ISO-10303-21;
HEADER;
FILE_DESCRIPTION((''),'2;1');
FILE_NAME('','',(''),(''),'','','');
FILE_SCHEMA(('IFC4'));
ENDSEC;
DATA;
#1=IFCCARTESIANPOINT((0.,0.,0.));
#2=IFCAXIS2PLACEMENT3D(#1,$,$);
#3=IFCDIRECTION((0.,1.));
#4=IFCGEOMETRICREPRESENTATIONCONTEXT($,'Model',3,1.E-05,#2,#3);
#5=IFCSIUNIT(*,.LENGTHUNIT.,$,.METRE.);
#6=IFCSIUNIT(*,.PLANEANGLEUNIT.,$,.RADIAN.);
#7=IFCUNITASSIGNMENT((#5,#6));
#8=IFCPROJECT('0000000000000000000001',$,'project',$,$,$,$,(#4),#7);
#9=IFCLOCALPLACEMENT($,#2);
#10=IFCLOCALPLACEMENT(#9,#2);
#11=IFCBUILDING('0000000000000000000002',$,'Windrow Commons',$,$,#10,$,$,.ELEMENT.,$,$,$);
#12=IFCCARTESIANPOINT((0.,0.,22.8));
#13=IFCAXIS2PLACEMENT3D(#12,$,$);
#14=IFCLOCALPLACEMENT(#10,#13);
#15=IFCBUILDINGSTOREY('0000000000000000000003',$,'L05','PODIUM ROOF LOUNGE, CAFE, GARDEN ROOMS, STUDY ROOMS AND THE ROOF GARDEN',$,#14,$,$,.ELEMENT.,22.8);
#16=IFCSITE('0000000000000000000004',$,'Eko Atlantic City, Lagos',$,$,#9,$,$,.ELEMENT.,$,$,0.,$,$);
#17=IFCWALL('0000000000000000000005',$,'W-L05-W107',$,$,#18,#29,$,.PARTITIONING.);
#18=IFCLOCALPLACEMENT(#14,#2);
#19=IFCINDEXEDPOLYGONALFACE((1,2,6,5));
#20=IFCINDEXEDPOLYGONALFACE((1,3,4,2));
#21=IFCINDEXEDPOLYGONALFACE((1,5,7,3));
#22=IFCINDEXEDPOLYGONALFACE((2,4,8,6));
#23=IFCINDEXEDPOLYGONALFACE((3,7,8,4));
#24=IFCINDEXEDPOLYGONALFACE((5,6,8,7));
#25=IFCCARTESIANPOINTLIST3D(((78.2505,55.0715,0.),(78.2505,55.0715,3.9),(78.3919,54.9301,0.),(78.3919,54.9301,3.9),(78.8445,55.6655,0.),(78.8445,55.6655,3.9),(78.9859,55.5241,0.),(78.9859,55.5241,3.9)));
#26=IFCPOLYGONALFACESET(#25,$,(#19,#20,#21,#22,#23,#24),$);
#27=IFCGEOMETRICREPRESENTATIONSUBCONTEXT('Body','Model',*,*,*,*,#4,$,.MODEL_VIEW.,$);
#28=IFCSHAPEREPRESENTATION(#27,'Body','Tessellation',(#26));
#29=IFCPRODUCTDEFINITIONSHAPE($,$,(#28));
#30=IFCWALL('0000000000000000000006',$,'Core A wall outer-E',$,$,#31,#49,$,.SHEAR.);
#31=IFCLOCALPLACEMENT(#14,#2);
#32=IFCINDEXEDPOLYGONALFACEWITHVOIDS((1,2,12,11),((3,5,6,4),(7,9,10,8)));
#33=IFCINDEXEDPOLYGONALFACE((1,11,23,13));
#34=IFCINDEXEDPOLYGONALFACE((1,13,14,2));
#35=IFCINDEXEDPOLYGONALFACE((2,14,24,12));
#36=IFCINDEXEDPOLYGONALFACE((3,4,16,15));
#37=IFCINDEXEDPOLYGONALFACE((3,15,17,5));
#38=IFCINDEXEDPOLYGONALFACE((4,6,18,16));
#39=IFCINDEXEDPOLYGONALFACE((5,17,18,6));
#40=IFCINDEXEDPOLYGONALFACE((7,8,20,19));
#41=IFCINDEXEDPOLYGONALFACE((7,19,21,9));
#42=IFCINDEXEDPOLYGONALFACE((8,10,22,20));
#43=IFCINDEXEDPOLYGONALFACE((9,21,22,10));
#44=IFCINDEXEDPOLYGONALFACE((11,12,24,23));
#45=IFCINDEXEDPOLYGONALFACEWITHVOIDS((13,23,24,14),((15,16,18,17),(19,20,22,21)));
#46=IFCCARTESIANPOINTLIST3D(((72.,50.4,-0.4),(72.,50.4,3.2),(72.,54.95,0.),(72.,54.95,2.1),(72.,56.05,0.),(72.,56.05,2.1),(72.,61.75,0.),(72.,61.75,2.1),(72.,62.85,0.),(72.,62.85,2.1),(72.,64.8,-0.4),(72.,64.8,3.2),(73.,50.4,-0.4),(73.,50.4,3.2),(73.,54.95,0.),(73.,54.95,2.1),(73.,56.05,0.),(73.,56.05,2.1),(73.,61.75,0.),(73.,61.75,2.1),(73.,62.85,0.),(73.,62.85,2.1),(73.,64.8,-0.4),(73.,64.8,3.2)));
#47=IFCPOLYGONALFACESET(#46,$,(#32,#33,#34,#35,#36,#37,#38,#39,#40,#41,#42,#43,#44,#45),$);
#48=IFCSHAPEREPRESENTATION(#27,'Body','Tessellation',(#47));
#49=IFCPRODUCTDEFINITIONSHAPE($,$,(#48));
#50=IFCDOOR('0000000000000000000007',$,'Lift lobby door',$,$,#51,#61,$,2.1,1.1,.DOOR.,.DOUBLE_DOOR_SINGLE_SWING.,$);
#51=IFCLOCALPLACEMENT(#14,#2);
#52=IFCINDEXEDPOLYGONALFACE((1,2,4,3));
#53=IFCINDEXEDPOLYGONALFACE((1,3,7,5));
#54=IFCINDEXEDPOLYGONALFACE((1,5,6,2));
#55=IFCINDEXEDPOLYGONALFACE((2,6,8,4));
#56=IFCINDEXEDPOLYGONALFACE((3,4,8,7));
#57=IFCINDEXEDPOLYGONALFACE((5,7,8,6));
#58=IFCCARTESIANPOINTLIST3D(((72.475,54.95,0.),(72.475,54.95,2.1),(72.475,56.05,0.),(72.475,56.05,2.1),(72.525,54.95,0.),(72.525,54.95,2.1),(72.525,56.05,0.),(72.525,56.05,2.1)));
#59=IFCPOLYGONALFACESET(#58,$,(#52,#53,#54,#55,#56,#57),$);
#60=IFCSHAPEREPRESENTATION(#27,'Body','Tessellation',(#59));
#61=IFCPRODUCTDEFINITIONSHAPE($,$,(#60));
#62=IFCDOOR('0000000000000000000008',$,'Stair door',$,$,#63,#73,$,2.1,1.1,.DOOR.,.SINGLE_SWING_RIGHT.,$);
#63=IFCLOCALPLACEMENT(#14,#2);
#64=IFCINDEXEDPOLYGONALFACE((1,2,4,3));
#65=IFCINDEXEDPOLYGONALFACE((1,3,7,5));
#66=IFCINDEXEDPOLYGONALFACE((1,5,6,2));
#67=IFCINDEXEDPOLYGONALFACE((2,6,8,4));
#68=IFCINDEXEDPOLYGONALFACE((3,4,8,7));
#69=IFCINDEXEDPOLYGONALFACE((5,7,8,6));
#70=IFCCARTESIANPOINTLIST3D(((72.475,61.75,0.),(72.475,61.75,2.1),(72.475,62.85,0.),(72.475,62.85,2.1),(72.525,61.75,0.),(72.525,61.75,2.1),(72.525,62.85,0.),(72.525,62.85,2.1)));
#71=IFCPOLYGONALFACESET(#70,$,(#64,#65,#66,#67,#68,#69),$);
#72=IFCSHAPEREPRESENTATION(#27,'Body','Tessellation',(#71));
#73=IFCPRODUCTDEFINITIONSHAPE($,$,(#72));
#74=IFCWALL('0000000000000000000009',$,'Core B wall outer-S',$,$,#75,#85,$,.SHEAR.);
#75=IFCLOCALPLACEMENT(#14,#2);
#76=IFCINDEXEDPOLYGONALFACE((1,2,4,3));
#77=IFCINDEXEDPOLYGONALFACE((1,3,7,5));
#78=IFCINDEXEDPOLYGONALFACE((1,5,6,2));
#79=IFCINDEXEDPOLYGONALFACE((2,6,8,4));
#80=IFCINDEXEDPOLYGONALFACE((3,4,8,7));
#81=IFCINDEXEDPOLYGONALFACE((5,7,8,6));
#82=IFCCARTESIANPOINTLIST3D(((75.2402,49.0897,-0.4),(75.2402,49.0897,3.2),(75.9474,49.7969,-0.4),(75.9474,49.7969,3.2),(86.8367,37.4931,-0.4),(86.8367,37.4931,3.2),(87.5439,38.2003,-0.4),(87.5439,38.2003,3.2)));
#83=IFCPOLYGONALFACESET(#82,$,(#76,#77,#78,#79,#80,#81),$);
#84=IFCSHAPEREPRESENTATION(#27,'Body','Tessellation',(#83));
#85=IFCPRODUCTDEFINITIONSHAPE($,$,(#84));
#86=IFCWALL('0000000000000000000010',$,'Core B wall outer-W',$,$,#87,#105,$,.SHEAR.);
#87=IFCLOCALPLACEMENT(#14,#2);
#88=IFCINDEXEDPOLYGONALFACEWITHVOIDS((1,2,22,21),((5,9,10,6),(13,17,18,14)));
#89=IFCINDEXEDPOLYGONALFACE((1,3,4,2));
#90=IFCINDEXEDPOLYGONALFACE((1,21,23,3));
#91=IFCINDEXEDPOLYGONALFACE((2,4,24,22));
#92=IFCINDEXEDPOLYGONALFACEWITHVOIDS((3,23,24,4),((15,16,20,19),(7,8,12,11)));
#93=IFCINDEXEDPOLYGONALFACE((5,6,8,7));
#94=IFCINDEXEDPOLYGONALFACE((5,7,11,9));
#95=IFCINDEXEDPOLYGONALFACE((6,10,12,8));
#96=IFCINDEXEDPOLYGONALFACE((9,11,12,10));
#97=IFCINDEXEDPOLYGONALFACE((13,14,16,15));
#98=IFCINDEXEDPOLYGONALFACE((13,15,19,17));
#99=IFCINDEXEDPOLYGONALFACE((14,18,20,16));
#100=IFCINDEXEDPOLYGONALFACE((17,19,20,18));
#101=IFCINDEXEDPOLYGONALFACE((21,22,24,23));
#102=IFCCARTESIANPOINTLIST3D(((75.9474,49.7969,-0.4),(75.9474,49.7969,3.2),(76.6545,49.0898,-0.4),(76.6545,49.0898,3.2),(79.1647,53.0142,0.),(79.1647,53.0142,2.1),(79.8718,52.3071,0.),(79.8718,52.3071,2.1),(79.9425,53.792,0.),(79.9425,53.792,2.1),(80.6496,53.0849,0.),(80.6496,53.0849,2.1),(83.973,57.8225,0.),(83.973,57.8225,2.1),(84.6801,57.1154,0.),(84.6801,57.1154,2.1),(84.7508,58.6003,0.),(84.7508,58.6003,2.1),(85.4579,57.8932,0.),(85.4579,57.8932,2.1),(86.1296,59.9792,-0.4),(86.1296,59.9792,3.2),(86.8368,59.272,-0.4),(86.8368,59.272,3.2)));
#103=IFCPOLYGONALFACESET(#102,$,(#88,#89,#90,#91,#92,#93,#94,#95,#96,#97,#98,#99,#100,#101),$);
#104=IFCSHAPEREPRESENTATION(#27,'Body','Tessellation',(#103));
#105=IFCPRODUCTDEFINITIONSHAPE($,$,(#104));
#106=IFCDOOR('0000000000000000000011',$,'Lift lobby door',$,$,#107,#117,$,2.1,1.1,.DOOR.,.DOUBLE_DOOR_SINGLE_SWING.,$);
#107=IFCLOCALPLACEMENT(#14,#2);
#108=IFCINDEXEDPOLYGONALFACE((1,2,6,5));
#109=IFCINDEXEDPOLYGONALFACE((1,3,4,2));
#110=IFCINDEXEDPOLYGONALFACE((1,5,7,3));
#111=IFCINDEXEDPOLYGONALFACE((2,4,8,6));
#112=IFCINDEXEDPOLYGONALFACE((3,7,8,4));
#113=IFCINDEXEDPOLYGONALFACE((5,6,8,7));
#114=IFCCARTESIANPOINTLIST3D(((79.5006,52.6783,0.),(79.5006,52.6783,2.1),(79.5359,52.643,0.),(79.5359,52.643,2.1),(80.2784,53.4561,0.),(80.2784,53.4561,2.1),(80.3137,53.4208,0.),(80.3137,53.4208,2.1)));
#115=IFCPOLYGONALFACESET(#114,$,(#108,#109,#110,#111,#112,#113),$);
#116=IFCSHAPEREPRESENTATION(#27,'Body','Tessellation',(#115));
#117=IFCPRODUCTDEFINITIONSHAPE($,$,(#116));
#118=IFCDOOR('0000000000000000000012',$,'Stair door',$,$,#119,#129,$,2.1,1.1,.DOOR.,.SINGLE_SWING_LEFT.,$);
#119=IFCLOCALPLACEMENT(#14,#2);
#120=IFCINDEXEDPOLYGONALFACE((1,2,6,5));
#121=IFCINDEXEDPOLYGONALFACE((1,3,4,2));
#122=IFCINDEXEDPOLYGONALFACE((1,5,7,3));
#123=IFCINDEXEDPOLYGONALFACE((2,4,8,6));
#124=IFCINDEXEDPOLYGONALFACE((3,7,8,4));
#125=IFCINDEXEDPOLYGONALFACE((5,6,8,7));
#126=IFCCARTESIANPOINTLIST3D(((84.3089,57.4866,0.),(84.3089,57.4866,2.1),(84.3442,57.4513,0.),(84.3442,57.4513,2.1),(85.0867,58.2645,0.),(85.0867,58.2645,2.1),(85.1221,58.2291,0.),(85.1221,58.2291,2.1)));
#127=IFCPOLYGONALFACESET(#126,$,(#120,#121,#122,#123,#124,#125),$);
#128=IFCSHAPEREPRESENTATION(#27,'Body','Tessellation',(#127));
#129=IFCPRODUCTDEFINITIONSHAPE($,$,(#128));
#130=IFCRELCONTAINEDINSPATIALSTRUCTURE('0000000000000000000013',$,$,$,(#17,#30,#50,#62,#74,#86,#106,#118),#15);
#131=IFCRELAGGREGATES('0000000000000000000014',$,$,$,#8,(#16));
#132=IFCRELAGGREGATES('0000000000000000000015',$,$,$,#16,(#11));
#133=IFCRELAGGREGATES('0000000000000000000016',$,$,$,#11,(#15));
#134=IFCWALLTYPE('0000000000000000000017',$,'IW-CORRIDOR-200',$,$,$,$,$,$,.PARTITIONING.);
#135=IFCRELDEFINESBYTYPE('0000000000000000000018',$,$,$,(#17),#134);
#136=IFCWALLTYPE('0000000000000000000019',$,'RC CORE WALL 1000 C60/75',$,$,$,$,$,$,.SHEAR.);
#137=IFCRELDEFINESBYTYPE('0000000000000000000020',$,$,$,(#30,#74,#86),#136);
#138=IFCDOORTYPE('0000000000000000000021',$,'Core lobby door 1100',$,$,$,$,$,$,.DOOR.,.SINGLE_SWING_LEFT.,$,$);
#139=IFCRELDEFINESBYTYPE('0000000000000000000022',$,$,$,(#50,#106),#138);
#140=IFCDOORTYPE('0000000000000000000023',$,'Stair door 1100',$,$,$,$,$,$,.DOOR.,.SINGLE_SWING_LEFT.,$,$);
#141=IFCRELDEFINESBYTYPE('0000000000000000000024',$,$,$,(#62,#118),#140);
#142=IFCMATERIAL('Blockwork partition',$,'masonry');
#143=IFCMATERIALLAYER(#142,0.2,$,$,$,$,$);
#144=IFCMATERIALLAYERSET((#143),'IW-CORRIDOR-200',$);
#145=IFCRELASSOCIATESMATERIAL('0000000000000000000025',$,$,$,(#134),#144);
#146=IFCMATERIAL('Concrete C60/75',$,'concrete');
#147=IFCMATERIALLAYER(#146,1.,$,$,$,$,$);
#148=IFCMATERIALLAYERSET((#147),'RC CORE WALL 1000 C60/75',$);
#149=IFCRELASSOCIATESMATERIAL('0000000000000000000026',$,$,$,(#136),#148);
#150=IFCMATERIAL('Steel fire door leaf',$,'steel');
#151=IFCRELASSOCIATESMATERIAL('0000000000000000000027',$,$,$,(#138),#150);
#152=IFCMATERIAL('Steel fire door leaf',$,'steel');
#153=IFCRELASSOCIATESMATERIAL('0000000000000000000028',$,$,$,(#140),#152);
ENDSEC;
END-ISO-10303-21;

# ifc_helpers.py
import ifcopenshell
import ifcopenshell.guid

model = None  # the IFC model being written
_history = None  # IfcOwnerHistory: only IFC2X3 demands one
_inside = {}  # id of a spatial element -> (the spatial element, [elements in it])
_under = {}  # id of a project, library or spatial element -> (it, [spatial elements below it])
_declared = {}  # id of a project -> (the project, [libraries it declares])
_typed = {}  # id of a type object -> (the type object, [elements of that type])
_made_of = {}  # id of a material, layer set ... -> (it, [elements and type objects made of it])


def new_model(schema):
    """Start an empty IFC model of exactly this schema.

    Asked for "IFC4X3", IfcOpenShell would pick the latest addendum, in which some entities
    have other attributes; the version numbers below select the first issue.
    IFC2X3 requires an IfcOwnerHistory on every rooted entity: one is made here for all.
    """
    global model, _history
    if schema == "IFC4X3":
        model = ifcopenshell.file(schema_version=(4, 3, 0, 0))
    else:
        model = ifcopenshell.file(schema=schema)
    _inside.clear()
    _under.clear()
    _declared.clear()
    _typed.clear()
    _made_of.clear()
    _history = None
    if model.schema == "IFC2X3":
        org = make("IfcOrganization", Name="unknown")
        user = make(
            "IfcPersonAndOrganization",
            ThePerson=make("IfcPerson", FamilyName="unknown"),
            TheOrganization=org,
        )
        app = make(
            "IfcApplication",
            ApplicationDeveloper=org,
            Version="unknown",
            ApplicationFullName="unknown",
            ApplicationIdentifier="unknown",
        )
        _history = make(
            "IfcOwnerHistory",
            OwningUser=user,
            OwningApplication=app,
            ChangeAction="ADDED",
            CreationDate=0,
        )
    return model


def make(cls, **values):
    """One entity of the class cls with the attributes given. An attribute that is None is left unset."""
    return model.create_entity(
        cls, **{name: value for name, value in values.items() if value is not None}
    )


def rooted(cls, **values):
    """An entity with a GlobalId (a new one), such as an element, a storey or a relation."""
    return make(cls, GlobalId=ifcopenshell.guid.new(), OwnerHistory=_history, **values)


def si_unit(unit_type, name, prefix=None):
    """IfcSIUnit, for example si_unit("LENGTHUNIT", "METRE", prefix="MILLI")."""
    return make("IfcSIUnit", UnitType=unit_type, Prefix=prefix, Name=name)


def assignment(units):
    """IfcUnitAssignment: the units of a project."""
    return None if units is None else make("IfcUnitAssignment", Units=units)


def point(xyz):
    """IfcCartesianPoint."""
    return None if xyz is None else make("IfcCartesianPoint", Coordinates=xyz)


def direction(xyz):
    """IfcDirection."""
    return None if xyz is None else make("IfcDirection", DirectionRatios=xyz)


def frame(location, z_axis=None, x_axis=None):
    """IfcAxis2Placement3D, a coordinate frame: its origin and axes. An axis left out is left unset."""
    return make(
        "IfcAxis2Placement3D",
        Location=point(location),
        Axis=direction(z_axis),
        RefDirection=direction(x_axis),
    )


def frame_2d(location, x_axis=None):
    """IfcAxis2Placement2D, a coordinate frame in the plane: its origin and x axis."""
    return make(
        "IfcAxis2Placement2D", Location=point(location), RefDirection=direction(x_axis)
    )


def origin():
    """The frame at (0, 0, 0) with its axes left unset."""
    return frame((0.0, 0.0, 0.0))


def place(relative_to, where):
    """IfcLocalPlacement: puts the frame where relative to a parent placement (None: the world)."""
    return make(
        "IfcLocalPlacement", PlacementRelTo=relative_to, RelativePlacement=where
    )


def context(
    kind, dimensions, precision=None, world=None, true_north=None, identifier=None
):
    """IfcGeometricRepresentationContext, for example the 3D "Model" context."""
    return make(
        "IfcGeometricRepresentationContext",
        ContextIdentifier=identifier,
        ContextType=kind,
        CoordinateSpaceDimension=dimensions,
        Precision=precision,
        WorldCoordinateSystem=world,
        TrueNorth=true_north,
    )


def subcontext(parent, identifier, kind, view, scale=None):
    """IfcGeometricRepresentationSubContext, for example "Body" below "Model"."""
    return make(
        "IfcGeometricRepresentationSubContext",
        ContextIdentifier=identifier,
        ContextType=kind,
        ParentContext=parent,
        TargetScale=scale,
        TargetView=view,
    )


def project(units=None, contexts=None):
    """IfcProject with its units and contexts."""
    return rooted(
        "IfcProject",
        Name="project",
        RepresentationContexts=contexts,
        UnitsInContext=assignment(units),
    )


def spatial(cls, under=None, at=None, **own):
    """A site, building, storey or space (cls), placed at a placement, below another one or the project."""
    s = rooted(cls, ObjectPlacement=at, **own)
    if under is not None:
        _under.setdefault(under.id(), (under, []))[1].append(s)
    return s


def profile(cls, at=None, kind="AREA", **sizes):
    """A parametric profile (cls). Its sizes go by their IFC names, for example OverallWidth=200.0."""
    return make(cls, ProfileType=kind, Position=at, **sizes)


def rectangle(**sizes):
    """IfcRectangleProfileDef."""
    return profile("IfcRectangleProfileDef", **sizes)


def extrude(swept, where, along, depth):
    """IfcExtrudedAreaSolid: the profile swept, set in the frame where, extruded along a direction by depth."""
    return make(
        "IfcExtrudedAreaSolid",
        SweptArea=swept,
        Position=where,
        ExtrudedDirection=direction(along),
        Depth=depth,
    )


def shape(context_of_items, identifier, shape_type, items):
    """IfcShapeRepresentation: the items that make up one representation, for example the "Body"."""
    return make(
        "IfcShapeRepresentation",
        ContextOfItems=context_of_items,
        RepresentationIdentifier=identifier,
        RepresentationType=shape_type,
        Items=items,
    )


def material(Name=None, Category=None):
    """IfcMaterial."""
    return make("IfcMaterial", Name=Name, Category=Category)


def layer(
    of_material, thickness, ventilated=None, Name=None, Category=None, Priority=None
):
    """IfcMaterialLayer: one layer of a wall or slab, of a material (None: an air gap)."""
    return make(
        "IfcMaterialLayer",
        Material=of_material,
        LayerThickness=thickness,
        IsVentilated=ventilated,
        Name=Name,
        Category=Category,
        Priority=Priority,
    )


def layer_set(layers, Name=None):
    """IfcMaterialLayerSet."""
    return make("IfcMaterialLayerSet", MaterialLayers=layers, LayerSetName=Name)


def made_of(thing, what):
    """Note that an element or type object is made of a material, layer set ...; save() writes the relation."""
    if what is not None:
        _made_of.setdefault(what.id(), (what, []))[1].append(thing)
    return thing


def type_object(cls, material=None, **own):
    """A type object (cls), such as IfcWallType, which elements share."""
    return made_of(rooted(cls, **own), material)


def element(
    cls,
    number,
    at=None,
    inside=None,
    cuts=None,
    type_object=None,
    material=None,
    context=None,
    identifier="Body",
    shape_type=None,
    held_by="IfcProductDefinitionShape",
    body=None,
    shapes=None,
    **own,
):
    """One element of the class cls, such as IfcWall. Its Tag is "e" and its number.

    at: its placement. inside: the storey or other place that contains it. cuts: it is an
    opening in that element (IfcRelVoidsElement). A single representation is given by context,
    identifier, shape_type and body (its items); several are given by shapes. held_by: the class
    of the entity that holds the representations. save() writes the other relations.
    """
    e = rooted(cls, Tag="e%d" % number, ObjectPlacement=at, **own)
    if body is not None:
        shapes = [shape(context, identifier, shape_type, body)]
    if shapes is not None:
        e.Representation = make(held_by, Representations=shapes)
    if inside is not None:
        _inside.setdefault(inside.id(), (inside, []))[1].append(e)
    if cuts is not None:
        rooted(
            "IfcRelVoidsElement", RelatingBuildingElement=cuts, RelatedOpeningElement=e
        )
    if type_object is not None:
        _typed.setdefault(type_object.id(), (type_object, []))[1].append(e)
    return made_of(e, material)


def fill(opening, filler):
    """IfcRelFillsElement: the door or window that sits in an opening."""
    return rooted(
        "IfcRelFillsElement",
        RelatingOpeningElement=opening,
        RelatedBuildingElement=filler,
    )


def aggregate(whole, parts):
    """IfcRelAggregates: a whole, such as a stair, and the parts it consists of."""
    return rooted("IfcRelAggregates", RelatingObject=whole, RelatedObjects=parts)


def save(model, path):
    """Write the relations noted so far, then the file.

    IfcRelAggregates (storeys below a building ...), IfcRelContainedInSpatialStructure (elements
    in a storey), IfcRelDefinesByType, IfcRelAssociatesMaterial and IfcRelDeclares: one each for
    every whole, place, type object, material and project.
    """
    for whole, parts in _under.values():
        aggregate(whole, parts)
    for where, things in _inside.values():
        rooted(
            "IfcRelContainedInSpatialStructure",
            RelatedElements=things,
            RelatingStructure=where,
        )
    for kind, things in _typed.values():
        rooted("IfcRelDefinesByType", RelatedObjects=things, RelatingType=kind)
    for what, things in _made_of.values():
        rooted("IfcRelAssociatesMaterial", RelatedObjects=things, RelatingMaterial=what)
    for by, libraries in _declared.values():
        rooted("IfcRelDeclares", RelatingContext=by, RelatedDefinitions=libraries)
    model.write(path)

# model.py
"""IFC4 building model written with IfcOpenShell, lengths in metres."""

from ifc_helpers import new_model, si_unit, direction, frame, frame_2d, origin, place, context, subcontext, project, spatial, rectangle, extrude, material, layer, layer_set, type_object, element, fill, save


model = new_model("IFC4")

# Units and contexts
model_context = context("Model", 3, precision=1e-05, world=origin(), true_north=direction((0.0, 1.0)))
body_context = subcontext(model_context, "Body", "Model", "MODEL_VIEW")
ifc_project = project(units=[si_unit("LENGTHUNIT", "METRE"), si_unit("PLANEANGLEUNIT", "RADIAN")], contexts=[model_context])

# Site, building, storey
site_placement = place(None, origin())
site = spatial("IfcSite", under=ifc_project, at=site_placement, Name="Eko Atlantic City, Lagos", CompositionType="ELEMENT", RefElevation=0.0)
building_placement = place(site_placement, origin())
building = spatial("IfcBuilding", under=site, at=building_placement, Name="Windrow Commons", CompositionType="ELEMENT")
storey_placement = place(building_placement, frame((0.0, 0.0, 22.8)))
storey = spatial("IfcBuildingStorey", under=building, at=storey_placement, Name="L05", Description="PODIUM ROOF LOUNGE, CAFE, GARDEN ROOMS, STUDY ROOMS AND THE ROOF GARDEN", CompositionType="ELEMENT", Elevation=22.8)

# Shared definitions
ifc_material_1 = material(Name="Blockwork partition", Category="masonry")
ifc_layer_1 = layer(ifc_material_1, 0.2)
ifc_layer_set_1 = layer_set([ifc_layer_1], Name="IW-CORRIDOR-200")
wall_type_1 = type_object("IfcWallType", Name="IW-CORRIDOR-200", PredefinedType="PARTITIONING", material=ifc_layer_set_1)

# Wall
wall_1_placement = place(storey_placement, frame((78.3212, 55.0008, 0.0), z_axis=(0.0, 0.0, 1.0), x_axis=(0.707107, 0.707107, 0.0)))
element("IfcWall", 1, at=wall_1_placement, inside=storey, type_object=wall_type_1, Name="W-L05-W107", PredefinedType="PARTITIONING", context=body_context, shape_type="SweptSolid", body=[
    extrude(rectangle(XDim=0.84, YDim=0.2, at=frame_2d((0.42, 0.0))), origin(), (0.0, 0.0, 1.0), 3.9),
])

# Wall, openings, doors
ifc_material_2 = material(Name="Concrete C60/75", Category="concrete")
ifc_layer_2 = layer(ifc_material_2, 1.0)
ifc_layer_set_2 = layer_set([ifc_layer_2], Name="RC CORE WALL 1000 C60/75")
wall_type_2 = type_object("IfcWallType", Name="RC CORE WALL 1000 C60/75", PredefinedType="SHEAR", material=ifc_layer_set_2)
wall_2_placement = place(storey_placement, frame((72.5, 50.4, -0.4), z_axis=(0.0, 0.0, 1.0), x_axis=(0.0, 1.0, 0.0)))
wall_2 = element("IfcWall", 2, at=wall_2_placement, inside=storey, type_object=wall_type_2, Name="Core A wall outer-E", PredefinedType="SHEAR", context=body_context, shape_type="SweptSolid", body=[
    extrude(rectangle(XDim=14.4, YDim=1.0, at=frame_2d((7.2, 0.0))), origin(), (0.0, 0.0, 1.0), 3.6),
])
opening_1_placement = place(wall_2_placement, frame((4.55, 0.0, 0.4)))
opening_1 = element("IfcOpeningElement", 3, at=opening_1_placement, cuts=wall_2, PredefinedType="OPENING", context=body_context, shape_type="SweptSolid", body=[
    extrude(rectangle(XDim=1.1, YDim=2.1, at=frame_2d((0.55, 1.05))), frame((0.0, 0.51, 0.0), z_axis=(0.0, -1.0, 0.0), x_axis=(1.0, 0.0, 0.0)), (0.0, 0.0, 1.0), 1.02),
])
opening_2_placement = place(wall_2_placement, frame((11.35, 0.0, 0.4)))
opening_2 = element("IfcOpeningElement", 4, at=opening_2_placement, cuts=wall_2, PredefinedType="OPENING", context=body_context, shape_type="SweptSolid", body=[
    extrude(rectangle(XDim=1.1, YDim=2.1, at=frame_2d((0.55, 1.05))), frame((0.0, 0.51, 0.0), z_axis=(0.0, -1.0, 0.0), x_axis=(1.0, 0.0, 0.0)), (0.0, 0.0, 1.0), 1.02),
])
ifc_material_3 = material(Name="Steel fire door leaf", Category="steel")
door_type_1 = type_object("IfcDoorType", Name="Core lobby door 1100", OperationType="SINGLE_SWING_LEFT", PredefinedType="DOOR", material=ifc_material_3)
door_1_placement = place(opening_1_placement, origin())
door_1 = element("IfcDoor", 5, at=door_1_placement, inside=storey, type_object=door_type_1, Name="Lift lobby door", OperationType="DOUBLE_DOOR_SINGLE_SWING", OverallHeight=2.1, OverallWidth=1.1, PredefinedType="DOOR", context=body_context, shape_type="SweptSolid", body=[
    extrude(rectangle(XDim=1.1, YDim=2.1, at=frame_2d((0.55, 1.05))), frame((0.0, 0.025, 0.0), z_axis=(0.0, -1.0, 0.0), x_axis=(1.0, 0.0, 0.0)), (0.0, 0.0, 1.0), 0.05),
])
fill(opening_1, door_1)
ifc_material_4 = material(Name="Steel fire door leaf", Category="steel")
door_type_2 = type_object("IfcDoorType", Name="Stair door 1100", OperationType="SINGLE_SWING_LEFT", PredefinedType="DOOR", material=ifc_material_4)
door_2_placement = place(opening_2_placement, origin())
door_2 = element("IfcDoor", 6, at=door_2_placement, inside=storey, type_object=door_type_2, Name="Stair door", OperationType="SINGLE_SWING_RIGHT", OverallHeight=2.1, OverallWidth=1.1, PredefinedType="DOOR", context=body_context, shape_type="SweptSolid", body=[
    extrude(rectangle(XDim=1.1, YDim=2.1, at=frame_2d((0.55, 1.05))), frame((0.0, 0.025, 0.0), z_axis=(0.0, -1.0, 0.0), x_axis=(1.0, 0.0, 0.0)), (0.0, 0.0, 1.0), 0.05),
])
fill(opening_2, door_2)

# Wall
wall_3_placement = place(storey_placement, frame((75.5938, 49.4433, -0.4), z_axis=(0.0, 0.0, 1.0), x_axis=(0.707104, -0.70711, 0.0)))
element("IfcWall", 7, at=wall_3_placement, inside=storey, type_object=wall_type_2, Name="Core B wall outer-S", PredefinedType="SHEAR", context=body_context, shape_type="SweptSolid", body=[
    extrude(rectangle(XDim=16.4, YDim=1.0, at=frame_2d((8.2, 0.0))), origin(), (0.0, 0.0, 1.0), 3.6),
])

# Wall, openings, doors
wall_4_placement = place(storey_placement, frame((76.3009, 49.4433, -0.4), z_axis=(0.0, 0.0, 1.0), x_axis=(0.707107, 0.707107, 0.0)))
wall_4 = element("IfcWall", 8, at=wall_4_placement, inside=storey, type_object=wall_type_2, Name="Core B wall outer-W", PredefinedType="SHEAR", context=body_context, shape_type="SweptSolid", body=[
    extrude(rectangle(XDim=14.3999, YDim=1.0, at=frame_2d((7.2, 0.0))), origin(), (0.0, 0.0, 1.0), 3.6),
])
opening_3_placement = place(wall_4_placement, frame((4.55, 0.0, 0.4)))
opening_3 = element("IfcOpeningElement", 9, at=opening_3_placement, cuts=wall_4, PredefinedType="OPENING", context=body_context, shape_type="SweptSolid", body=[
    extrude(rectangle(XDim=1.1, YDim=2.1, at=frame_2d((0.55, 1.05))), frame((0.0, 0.51, 0.0), z_axis=(0.0, -1.0, 0.0), x_axis=(1.0, 0.0, 0.0)), (0.0, 0.0, 1.0), 1.02),
])
opening_4_placement = place(wall_4_placement, frame((11.35, 0.0, 0.4)))
opening_4 = element("IfcOpeningElement", 10, at=opening_4_placement, cuts=wall_4, PredefinedType="OPENING", context=body_context, shape_type="SweptSolid", body=[
    extrude(rectangle(XDim=1.1, YDim=2.1, at=frame_2d((0.55, 1.05))), frame((0.0, 0.51, 0.0), z_axis=(0.0, -1.0, 0.0), x_axis=(1.0, 0.0, 0.0)), (0.0, 0.0, 1.0), 1.02),
])
door_3_placement = place(opening_3_placement, origin())
door_3 = element("IfcDoor", 11, at=door_3_placement, inside=storey, type_object=door_type_1, Name="Lift lobby door", OperationType="DOUBLE_DOOR_SINGLE_SWING", OverallHeight=2.1, OverallWidth=1.1, PredefinedType="DOOR", context=body_context, shape_type="SweptSolid", body=[
    extrude(rectangle(XDim=1.1, YDim=2.1, at=frame_2d((0.55, 1.05))), frame((0.0, 0.025, 0.0), z_axis=(0.0, -1.0, 0.0), x_axis=(1.0, 0.0, 0.0)), (0.0, 0.0, 1.0), 0.05),
])
fill(opening_3, door_3)
door_4_placement = place(opening_4_placement, origin())
door_4 = element("IfcDoor", 12, at=door_4_placement, inside=storey, type_object=door_type_2, Name="Stair door", OperationType="SINGLE_SWING_LEFT", OverallHeight=2.1, OverallWidth=1.1, PredefinedType="DOOR", context=body_context, shape_type="SweptSolid", body=[
    extrude(rectangle(XDim=1.1, YDim=2.1, at=frame_2d((0.55, 1.05))), frame((0.0, 0.025, 0.0), z_axis=(0.0, -1.0, 0.0), x_axis=(1.0, 0.0, 0.0)), (0.0, 0.0, 1.0), 0.05),
])
fill(opening_4, door_4)

save(model, "model.ifc")
